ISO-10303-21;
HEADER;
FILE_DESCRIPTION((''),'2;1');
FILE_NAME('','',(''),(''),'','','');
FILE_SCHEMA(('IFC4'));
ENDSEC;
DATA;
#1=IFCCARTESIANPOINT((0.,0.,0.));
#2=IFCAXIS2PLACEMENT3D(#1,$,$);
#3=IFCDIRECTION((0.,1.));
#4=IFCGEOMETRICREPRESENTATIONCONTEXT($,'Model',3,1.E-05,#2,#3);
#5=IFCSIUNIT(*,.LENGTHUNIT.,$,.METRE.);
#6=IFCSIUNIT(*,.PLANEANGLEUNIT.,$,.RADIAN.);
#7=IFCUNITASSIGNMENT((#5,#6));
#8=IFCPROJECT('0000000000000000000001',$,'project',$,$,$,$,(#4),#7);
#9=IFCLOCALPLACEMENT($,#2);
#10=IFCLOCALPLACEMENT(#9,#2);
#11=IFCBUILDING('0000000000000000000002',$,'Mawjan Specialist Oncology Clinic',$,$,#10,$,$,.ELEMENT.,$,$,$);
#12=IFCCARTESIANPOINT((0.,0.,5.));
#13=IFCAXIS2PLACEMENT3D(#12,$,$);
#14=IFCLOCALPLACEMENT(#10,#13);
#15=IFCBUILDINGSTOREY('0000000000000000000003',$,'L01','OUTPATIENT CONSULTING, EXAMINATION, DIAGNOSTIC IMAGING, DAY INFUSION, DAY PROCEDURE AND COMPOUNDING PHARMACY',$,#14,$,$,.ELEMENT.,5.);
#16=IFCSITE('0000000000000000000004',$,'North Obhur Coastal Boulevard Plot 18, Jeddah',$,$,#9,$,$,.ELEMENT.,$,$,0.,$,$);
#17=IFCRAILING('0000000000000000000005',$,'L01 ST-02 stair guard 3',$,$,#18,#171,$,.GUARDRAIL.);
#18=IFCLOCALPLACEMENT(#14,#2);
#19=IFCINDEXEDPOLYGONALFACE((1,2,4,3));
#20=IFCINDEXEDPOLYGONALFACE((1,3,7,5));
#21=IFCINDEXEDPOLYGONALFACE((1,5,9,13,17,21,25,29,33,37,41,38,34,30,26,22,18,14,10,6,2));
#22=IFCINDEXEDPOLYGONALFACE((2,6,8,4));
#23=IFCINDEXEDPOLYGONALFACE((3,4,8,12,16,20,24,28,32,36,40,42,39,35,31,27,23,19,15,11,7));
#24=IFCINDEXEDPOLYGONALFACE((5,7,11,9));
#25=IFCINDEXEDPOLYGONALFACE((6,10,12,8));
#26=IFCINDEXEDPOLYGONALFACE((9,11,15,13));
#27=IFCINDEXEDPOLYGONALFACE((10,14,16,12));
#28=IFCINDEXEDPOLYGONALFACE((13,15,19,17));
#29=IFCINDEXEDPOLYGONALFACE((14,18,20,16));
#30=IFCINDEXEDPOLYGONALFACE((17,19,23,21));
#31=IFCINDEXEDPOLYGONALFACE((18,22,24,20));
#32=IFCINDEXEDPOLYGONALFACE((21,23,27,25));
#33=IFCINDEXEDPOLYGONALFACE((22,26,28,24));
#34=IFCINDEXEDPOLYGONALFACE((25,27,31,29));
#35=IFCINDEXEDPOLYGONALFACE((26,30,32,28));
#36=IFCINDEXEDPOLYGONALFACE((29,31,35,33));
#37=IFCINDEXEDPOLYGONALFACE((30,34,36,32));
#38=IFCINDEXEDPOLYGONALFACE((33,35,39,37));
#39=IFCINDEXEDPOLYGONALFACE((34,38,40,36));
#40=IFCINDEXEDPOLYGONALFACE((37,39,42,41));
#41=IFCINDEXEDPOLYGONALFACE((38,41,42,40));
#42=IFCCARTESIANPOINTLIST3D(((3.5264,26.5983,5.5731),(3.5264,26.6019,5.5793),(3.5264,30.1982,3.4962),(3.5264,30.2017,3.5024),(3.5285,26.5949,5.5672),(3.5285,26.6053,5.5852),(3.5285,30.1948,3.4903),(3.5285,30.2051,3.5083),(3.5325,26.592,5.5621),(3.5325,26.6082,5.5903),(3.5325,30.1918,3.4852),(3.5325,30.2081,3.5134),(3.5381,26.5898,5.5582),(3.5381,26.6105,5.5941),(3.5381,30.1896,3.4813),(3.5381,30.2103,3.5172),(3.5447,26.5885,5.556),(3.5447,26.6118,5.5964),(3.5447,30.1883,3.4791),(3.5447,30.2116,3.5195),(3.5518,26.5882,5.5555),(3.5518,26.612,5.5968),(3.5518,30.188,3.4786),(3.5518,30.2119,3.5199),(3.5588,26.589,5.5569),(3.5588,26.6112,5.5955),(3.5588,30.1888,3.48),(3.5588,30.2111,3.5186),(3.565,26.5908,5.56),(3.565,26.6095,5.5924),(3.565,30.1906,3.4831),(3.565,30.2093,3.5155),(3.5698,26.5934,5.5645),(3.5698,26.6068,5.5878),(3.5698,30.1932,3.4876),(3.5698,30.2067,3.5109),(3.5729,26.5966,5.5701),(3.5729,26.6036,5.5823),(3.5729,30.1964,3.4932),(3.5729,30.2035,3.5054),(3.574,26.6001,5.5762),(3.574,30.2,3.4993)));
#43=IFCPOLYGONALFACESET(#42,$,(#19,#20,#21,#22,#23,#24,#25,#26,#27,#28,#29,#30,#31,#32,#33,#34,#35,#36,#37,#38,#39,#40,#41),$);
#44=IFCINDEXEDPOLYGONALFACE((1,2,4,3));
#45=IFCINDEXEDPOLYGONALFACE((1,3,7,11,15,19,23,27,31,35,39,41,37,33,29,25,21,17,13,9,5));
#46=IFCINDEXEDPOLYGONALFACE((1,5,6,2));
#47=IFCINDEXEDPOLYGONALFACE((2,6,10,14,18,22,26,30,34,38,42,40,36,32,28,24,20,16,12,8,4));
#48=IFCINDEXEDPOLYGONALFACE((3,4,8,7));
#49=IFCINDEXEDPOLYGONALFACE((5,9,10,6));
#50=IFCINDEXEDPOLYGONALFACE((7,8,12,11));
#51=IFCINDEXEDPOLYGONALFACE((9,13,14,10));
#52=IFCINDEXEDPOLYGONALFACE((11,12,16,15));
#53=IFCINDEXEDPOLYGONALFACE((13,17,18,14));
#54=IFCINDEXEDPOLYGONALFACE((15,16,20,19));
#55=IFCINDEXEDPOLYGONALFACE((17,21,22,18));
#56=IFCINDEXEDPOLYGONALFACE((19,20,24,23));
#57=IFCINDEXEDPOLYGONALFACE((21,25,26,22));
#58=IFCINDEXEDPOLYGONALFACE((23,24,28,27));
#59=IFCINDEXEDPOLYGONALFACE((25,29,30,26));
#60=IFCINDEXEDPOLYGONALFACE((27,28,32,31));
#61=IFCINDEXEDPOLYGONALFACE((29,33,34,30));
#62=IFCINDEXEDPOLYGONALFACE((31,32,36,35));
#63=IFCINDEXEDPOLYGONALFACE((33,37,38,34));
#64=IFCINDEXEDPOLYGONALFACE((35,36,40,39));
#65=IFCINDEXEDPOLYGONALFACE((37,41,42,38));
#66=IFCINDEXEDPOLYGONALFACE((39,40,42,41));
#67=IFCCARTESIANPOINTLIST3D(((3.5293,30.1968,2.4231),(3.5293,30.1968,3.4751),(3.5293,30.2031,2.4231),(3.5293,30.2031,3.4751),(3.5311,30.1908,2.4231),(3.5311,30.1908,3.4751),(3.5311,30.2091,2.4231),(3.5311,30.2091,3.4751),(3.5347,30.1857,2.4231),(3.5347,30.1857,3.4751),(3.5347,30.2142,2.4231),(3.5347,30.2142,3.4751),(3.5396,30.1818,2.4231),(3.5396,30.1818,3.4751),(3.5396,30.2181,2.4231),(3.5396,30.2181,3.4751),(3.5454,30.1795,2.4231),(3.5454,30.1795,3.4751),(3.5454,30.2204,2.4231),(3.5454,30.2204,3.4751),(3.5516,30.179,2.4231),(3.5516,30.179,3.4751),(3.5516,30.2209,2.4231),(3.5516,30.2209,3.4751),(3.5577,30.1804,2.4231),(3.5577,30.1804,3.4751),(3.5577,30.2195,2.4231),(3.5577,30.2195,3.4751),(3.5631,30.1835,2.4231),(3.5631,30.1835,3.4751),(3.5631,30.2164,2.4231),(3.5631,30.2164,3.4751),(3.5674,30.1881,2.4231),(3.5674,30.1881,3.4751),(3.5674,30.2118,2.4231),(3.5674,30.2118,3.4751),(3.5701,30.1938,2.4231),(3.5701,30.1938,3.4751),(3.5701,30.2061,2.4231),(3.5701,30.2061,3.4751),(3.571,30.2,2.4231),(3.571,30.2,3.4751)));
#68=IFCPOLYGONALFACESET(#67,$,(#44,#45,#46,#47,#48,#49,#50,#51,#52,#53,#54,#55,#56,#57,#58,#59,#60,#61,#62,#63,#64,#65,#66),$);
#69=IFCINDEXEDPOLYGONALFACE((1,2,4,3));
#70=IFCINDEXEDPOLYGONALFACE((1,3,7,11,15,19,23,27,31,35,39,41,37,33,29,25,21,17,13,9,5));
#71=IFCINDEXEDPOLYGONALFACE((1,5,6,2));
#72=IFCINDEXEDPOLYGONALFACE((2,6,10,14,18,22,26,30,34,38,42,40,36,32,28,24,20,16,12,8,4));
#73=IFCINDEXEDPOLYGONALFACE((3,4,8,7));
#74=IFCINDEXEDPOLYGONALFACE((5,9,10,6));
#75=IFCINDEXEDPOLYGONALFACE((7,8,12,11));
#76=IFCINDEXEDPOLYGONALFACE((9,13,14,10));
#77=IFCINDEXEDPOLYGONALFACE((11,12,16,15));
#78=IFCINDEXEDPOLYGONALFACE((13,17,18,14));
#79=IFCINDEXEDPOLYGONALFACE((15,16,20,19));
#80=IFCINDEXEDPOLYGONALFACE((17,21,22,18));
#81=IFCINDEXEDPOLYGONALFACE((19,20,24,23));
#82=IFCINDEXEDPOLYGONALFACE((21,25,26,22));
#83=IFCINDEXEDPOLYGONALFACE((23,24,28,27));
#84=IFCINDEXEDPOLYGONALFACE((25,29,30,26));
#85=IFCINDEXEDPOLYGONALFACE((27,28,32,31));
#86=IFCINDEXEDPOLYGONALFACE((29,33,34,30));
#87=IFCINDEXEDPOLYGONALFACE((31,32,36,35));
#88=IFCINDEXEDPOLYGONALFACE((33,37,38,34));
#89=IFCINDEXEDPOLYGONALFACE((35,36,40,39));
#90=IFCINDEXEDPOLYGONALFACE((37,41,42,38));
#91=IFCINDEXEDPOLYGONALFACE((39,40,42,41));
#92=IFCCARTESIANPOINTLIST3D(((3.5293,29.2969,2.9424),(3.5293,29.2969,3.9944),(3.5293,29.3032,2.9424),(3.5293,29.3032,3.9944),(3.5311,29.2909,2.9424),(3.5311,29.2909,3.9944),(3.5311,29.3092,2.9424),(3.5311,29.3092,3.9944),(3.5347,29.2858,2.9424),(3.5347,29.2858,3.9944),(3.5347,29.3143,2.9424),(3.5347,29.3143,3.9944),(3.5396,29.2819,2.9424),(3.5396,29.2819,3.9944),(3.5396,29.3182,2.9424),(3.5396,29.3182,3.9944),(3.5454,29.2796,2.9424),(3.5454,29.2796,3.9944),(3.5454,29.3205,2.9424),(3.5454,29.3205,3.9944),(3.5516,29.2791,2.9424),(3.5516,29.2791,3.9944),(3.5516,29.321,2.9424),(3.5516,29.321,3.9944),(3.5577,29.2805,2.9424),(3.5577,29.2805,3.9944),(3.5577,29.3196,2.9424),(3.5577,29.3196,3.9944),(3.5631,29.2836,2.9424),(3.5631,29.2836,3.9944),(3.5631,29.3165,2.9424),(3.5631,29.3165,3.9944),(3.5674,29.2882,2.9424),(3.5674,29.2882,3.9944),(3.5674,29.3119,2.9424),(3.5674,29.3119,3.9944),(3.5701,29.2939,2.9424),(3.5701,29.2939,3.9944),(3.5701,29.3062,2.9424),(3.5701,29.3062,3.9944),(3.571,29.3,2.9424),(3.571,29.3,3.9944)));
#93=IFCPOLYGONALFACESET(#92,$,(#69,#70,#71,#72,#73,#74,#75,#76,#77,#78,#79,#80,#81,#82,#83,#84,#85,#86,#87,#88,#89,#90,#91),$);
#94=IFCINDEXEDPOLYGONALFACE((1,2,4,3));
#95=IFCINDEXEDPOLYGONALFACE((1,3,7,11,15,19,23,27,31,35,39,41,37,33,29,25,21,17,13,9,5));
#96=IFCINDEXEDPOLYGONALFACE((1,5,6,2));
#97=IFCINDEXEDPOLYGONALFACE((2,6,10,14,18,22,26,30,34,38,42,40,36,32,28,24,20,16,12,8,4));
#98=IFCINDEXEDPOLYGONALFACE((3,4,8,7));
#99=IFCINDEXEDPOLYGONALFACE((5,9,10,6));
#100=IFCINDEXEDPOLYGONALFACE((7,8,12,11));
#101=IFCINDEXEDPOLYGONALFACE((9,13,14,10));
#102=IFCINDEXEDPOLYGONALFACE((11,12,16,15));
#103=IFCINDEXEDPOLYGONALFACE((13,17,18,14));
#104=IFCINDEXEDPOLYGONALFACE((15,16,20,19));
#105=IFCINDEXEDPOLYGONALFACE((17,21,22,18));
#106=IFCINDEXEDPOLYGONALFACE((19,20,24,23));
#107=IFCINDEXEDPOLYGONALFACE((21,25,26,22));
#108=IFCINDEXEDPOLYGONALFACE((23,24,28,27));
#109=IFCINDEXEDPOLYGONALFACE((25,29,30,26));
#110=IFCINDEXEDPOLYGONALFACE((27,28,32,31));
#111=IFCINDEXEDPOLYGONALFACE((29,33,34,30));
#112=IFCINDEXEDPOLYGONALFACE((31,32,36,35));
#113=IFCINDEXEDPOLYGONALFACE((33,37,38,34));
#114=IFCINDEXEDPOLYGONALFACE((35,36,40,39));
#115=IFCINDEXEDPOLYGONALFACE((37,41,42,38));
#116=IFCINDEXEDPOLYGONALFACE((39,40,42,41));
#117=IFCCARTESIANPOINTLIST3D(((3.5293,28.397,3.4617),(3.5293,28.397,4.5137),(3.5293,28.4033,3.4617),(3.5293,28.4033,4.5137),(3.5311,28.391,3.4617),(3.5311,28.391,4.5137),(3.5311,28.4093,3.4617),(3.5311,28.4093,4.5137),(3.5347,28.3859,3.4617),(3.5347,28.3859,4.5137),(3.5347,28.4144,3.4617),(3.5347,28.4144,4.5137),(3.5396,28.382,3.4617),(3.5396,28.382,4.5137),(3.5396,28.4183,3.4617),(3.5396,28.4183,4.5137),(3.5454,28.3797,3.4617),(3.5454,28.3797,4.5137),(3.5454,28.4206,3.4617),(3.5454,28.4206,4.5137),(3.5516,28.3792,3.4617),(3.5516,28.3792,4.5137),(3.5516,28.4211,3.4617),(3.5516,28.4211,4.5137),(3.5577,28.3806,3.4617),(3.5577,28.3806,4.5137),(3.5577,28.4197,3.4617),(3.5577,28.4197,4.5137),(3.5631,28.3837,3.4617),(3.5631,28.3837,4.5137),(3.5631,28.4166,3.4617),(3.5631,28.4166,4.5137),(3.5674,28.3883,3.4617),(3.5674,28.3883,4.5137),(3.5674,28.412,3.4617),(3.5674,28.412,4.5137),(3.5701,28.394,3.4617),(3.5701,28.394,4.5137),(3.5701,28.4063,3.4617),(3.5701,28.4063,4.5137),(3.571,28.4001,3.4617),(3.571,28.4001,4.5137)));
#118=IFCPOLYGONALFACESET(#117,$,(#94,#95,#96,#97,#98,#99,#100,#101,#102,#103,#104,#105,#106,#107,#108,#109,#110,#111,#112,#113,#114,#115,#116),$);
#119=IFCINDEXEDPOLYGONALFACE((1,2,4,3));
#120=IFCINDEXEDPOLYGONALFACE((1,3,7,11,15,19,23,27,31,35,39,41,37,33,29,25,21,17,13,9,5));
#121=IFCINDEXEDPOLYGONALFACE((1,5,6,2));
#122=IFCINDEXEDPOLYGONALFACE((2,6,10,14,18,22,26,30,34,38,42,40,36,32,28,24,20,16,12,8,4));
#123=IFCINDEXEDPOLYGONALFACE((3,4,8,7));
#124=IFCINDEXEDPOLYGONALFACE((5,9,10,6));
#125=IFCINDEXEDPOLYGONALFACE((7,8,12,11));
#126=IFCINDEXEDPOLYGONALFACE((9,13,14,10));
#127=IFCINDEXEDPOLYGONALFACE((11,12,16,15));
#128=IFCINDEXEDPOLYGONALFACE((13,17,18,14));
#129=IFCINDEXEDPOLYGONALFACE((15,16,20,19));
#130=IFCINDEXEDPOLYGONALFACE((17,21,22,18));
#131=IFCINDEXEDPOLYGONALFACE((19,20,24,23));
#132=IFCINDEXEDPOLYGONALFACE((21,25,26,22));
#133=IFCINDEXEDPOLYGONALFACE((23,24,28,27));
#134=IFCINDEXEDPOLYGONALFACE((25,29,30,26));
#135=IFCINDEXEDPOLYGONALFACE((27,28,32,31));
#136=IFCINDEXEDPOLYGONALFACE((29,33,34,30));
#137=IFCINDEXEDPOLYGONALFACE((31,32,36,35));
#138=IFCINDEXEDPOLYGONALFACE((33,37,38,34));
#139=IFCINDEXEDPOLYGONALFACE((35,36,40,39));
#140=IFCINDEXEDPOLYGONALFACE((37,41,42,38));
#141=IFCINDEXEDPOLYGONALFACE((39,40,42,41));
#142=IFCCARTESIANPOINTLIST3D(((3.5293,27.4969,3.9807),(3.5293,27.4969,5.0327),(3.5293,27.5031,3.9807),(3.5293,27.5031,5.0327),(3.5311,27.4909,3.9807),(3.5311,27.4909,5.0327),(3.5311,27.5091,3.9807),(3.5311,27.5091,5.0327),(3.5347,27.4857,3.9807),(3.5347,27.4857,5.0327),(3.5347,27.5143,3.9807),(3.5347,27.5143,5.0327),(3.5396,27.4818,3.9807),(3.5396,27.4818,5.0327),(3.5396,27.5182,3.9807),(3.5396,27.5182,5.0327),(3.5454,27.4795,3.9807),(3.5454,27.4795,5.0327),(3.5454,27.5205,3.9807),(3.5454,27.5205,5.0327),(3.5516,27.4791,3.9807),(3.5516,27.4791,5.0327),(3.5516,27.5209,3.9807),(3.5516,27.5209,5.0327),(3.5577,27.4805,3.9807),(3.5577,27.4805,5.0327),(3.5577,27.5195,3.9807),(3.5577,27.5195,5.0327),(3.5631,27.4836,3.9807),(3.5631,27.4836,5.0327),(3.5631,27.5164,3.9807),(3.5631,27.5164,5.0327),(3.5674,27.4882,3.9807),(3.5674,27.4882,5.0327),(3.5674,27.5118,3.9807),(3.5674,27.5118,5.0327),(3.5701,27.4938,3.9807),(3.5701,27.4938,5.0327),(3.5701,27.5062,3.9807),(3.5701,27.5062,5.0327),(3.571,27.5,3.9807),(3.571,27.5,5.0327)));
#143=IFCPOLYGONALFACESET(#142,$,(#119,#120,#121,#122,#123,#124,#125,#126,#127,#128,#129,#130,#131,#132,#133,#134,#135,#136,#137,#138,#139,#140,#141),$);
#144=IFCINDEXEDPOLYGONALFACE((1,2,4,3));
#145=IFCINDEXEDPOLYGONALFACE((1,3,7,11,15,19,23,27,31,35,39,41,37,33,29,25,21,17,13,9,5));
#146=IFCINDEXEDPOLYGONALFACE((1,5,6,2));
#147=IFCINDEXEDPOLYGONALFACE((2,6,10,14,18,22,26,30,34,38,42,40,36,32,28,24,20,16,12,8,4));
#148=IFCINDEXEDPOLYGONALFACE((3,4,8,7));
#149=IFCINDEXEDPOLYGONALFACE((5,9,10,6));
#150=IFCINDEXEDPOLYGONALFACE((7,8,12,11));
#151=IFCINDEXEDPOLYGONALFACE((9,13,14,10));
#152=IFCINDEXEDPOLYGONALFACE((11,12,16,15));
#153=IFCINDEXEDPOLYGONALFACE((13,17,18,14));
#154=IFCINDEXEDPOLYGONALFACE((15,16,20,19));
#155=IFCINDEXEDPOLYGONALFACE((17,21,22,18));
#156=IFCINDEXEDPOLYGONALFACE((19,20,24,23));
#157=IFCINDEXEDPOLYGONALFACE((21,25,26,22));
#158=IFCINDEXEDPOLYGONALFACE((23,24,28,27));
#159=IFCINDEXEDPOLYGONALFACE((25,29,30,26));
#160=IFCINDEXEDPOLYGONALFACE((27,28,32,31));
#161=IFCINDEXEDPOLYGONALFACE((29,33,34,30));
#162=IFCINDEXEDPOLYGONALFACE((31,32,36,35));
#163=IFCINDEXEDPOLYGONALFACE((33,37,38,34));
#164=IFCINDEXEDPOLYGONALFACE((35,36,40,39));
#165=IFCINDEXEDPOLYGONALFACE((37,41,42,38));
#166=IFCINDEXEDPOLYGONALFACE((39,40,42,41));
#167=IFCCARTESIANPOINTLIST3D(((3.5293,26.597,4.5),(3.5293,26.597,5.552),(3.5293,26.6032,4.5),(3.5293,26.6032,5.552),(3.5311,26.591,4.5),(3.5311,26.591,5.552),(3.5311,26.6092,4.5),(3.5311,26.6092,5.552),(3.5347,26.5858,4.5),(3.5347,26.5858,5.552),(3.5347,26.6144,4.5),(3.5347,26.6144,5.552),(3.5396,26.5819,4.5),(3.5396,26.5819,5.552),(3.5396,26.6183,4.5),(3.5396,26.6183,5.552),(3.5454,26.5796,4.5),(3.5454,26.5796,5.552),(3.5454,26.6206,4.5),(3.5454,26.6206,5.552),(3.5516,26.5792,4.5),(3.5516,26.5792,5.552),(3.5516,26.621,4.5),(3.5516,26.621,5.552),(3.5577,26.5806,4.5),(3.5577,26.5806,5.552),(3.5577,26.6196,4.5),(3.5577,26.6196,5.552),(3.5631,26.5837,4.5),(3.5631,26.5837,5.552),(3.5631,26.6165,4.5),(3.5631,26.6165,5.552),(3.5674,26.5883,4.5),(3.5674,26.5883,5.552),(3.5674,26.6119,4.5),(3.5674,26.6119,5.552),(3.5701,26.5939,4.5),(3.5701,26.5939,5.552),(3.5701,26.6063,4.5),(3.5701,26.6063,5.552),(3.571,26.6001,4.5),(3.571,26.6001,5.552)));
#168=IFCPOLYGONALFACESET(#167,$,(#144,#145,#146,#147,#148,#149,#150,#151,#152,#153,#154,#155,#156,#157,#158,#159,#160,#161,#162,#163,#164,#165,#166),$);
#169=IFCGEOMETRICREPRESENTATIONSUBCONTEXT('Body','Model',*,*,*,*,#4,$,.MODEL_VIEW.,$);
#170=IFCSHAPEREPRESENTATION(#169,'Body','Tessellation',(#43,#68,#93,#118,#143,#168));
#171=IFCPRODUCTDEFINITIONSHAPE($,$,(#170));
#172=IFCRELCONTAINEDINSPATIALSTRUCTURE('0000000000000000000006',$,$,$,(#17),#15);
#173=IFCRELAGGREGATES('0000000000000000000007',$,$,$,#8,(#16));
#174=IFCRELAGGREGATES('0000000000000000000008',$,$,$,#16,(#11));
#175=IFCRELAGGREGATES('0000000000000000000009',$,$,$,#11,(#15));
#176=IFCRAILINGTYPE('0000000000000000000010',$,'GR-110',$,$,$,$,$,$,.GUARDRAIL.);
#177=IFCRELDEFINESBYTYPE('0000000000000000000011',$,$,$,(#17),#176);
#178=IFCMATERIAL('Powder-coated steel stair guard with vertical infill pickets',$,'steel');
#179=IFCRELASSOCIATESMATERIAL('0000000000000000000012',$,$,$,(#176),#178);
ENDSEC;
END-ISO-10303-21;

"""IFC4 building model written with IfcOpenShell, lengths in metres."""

from ifc_helpers import new_model, si_unit, direction, frame, origin, origin_2d, place, context, subcontext, project, spatial, circle, extrude, material, type_object, element, save


model = new_model("IFC4")

# Units and contexts
model_context = context("Model", 3, precision=1e-05, world=origin(), true_north=direction((0.0, 1.0)))
body_context = subcontext(model_context, "Body", "Model", "MODEL_VIEW")
ifc_project = project(units=[si_unit("LENGTHUNIT", "METRE"), si_unit("PLANEANGLEUNIT", "RADIAN")], contexts=[model_context])

# Site, building, storey
site_placement = place(None, origin())
site = spatial("IfcSite", under=ifc_project, at=site_placement, Name="North Obhur Coastal Boulevard Plot 18, Jeddah", CompositionType="ELEMENT", RefElevation=0.0)
building_placement = place(site_placement, origin())
building = spatial("IfcBuilding", under=site, at=building_placement, Name="Mawjan Specialist Oncology Clinic", CompositionType="ELEMENT")
storey_placement = place(building_placement, frame((0.0, 0.0, 5.0)))
storey = spatial("IfcBuildingStorey", under=building, at=storey_placement, Name="L01", Description="OUTPATIENT CONSULTING, EXAMINATION, DIAGNOSTIC IMAGING, DAY INFUSION, DAY PROCEDURE AND COMPOUNDING PHARMACY", CompositionType="ELEMENT", Elevation=5.0)

# Railing
ifc_material_1 = material(Name="Powder-coated steel stair guard with vertical infill pickets", Category="steel")
railing_type_1 = type_object("IfcRailingType", Name="GR-110", PredefinedType="GUARDRAIL", material=ifc_material_1)
railing_1_placement = place(storey_placement, frame((3.55, 30.2, 2.4231)))
element("IfcRailing", 1, at=railing_1_placement, inside=storey, type_object=railing_type_1, Name="L01 ST-02 stair guard 3", PredefinedType="GUARDRAIL", context=body_context, shape_type="SweptSolid", body=[
    extrude(circle(Radius=0.0239, at=origin_2d()), frame((0.0, 0.0, 1.0762), z_axis=(0.0, -0.866179, 0.499734), x_axis=(1.0, 0.0, 0.0)), (0.0, 0.0, 1.0), 4.156),
    extrude(circle(Radius=0.021, at=origin_2d()), origin(), (0.0, 0.0, 1.0), 1.052),
    extrude(circle(Radius=0.021, at=origin_2d()), frame((0.0, -0.8999, 0.5193)), (0.0, 0.0, 1.0), 1.052),
    extrude(circle(Radius=0.021, at=origin_2d()), frame((0.0, -1.7998, 1.0386)), (0.0, 0.0, 1.0), 1.052),
    extrude(circle(Radius=0.021, at=origin_2d()), frame((0.0, -2.7, 1.5576)), (0.0, 0.0, 1.0), 1.052),
    extrude(circle(Radius=0.021, at=origin_2d()), frame((0.0, -3.5999, 2.0769)), (0.0, 0.0, 1.0), 1.052),
])

save(model, "model.ifc")
